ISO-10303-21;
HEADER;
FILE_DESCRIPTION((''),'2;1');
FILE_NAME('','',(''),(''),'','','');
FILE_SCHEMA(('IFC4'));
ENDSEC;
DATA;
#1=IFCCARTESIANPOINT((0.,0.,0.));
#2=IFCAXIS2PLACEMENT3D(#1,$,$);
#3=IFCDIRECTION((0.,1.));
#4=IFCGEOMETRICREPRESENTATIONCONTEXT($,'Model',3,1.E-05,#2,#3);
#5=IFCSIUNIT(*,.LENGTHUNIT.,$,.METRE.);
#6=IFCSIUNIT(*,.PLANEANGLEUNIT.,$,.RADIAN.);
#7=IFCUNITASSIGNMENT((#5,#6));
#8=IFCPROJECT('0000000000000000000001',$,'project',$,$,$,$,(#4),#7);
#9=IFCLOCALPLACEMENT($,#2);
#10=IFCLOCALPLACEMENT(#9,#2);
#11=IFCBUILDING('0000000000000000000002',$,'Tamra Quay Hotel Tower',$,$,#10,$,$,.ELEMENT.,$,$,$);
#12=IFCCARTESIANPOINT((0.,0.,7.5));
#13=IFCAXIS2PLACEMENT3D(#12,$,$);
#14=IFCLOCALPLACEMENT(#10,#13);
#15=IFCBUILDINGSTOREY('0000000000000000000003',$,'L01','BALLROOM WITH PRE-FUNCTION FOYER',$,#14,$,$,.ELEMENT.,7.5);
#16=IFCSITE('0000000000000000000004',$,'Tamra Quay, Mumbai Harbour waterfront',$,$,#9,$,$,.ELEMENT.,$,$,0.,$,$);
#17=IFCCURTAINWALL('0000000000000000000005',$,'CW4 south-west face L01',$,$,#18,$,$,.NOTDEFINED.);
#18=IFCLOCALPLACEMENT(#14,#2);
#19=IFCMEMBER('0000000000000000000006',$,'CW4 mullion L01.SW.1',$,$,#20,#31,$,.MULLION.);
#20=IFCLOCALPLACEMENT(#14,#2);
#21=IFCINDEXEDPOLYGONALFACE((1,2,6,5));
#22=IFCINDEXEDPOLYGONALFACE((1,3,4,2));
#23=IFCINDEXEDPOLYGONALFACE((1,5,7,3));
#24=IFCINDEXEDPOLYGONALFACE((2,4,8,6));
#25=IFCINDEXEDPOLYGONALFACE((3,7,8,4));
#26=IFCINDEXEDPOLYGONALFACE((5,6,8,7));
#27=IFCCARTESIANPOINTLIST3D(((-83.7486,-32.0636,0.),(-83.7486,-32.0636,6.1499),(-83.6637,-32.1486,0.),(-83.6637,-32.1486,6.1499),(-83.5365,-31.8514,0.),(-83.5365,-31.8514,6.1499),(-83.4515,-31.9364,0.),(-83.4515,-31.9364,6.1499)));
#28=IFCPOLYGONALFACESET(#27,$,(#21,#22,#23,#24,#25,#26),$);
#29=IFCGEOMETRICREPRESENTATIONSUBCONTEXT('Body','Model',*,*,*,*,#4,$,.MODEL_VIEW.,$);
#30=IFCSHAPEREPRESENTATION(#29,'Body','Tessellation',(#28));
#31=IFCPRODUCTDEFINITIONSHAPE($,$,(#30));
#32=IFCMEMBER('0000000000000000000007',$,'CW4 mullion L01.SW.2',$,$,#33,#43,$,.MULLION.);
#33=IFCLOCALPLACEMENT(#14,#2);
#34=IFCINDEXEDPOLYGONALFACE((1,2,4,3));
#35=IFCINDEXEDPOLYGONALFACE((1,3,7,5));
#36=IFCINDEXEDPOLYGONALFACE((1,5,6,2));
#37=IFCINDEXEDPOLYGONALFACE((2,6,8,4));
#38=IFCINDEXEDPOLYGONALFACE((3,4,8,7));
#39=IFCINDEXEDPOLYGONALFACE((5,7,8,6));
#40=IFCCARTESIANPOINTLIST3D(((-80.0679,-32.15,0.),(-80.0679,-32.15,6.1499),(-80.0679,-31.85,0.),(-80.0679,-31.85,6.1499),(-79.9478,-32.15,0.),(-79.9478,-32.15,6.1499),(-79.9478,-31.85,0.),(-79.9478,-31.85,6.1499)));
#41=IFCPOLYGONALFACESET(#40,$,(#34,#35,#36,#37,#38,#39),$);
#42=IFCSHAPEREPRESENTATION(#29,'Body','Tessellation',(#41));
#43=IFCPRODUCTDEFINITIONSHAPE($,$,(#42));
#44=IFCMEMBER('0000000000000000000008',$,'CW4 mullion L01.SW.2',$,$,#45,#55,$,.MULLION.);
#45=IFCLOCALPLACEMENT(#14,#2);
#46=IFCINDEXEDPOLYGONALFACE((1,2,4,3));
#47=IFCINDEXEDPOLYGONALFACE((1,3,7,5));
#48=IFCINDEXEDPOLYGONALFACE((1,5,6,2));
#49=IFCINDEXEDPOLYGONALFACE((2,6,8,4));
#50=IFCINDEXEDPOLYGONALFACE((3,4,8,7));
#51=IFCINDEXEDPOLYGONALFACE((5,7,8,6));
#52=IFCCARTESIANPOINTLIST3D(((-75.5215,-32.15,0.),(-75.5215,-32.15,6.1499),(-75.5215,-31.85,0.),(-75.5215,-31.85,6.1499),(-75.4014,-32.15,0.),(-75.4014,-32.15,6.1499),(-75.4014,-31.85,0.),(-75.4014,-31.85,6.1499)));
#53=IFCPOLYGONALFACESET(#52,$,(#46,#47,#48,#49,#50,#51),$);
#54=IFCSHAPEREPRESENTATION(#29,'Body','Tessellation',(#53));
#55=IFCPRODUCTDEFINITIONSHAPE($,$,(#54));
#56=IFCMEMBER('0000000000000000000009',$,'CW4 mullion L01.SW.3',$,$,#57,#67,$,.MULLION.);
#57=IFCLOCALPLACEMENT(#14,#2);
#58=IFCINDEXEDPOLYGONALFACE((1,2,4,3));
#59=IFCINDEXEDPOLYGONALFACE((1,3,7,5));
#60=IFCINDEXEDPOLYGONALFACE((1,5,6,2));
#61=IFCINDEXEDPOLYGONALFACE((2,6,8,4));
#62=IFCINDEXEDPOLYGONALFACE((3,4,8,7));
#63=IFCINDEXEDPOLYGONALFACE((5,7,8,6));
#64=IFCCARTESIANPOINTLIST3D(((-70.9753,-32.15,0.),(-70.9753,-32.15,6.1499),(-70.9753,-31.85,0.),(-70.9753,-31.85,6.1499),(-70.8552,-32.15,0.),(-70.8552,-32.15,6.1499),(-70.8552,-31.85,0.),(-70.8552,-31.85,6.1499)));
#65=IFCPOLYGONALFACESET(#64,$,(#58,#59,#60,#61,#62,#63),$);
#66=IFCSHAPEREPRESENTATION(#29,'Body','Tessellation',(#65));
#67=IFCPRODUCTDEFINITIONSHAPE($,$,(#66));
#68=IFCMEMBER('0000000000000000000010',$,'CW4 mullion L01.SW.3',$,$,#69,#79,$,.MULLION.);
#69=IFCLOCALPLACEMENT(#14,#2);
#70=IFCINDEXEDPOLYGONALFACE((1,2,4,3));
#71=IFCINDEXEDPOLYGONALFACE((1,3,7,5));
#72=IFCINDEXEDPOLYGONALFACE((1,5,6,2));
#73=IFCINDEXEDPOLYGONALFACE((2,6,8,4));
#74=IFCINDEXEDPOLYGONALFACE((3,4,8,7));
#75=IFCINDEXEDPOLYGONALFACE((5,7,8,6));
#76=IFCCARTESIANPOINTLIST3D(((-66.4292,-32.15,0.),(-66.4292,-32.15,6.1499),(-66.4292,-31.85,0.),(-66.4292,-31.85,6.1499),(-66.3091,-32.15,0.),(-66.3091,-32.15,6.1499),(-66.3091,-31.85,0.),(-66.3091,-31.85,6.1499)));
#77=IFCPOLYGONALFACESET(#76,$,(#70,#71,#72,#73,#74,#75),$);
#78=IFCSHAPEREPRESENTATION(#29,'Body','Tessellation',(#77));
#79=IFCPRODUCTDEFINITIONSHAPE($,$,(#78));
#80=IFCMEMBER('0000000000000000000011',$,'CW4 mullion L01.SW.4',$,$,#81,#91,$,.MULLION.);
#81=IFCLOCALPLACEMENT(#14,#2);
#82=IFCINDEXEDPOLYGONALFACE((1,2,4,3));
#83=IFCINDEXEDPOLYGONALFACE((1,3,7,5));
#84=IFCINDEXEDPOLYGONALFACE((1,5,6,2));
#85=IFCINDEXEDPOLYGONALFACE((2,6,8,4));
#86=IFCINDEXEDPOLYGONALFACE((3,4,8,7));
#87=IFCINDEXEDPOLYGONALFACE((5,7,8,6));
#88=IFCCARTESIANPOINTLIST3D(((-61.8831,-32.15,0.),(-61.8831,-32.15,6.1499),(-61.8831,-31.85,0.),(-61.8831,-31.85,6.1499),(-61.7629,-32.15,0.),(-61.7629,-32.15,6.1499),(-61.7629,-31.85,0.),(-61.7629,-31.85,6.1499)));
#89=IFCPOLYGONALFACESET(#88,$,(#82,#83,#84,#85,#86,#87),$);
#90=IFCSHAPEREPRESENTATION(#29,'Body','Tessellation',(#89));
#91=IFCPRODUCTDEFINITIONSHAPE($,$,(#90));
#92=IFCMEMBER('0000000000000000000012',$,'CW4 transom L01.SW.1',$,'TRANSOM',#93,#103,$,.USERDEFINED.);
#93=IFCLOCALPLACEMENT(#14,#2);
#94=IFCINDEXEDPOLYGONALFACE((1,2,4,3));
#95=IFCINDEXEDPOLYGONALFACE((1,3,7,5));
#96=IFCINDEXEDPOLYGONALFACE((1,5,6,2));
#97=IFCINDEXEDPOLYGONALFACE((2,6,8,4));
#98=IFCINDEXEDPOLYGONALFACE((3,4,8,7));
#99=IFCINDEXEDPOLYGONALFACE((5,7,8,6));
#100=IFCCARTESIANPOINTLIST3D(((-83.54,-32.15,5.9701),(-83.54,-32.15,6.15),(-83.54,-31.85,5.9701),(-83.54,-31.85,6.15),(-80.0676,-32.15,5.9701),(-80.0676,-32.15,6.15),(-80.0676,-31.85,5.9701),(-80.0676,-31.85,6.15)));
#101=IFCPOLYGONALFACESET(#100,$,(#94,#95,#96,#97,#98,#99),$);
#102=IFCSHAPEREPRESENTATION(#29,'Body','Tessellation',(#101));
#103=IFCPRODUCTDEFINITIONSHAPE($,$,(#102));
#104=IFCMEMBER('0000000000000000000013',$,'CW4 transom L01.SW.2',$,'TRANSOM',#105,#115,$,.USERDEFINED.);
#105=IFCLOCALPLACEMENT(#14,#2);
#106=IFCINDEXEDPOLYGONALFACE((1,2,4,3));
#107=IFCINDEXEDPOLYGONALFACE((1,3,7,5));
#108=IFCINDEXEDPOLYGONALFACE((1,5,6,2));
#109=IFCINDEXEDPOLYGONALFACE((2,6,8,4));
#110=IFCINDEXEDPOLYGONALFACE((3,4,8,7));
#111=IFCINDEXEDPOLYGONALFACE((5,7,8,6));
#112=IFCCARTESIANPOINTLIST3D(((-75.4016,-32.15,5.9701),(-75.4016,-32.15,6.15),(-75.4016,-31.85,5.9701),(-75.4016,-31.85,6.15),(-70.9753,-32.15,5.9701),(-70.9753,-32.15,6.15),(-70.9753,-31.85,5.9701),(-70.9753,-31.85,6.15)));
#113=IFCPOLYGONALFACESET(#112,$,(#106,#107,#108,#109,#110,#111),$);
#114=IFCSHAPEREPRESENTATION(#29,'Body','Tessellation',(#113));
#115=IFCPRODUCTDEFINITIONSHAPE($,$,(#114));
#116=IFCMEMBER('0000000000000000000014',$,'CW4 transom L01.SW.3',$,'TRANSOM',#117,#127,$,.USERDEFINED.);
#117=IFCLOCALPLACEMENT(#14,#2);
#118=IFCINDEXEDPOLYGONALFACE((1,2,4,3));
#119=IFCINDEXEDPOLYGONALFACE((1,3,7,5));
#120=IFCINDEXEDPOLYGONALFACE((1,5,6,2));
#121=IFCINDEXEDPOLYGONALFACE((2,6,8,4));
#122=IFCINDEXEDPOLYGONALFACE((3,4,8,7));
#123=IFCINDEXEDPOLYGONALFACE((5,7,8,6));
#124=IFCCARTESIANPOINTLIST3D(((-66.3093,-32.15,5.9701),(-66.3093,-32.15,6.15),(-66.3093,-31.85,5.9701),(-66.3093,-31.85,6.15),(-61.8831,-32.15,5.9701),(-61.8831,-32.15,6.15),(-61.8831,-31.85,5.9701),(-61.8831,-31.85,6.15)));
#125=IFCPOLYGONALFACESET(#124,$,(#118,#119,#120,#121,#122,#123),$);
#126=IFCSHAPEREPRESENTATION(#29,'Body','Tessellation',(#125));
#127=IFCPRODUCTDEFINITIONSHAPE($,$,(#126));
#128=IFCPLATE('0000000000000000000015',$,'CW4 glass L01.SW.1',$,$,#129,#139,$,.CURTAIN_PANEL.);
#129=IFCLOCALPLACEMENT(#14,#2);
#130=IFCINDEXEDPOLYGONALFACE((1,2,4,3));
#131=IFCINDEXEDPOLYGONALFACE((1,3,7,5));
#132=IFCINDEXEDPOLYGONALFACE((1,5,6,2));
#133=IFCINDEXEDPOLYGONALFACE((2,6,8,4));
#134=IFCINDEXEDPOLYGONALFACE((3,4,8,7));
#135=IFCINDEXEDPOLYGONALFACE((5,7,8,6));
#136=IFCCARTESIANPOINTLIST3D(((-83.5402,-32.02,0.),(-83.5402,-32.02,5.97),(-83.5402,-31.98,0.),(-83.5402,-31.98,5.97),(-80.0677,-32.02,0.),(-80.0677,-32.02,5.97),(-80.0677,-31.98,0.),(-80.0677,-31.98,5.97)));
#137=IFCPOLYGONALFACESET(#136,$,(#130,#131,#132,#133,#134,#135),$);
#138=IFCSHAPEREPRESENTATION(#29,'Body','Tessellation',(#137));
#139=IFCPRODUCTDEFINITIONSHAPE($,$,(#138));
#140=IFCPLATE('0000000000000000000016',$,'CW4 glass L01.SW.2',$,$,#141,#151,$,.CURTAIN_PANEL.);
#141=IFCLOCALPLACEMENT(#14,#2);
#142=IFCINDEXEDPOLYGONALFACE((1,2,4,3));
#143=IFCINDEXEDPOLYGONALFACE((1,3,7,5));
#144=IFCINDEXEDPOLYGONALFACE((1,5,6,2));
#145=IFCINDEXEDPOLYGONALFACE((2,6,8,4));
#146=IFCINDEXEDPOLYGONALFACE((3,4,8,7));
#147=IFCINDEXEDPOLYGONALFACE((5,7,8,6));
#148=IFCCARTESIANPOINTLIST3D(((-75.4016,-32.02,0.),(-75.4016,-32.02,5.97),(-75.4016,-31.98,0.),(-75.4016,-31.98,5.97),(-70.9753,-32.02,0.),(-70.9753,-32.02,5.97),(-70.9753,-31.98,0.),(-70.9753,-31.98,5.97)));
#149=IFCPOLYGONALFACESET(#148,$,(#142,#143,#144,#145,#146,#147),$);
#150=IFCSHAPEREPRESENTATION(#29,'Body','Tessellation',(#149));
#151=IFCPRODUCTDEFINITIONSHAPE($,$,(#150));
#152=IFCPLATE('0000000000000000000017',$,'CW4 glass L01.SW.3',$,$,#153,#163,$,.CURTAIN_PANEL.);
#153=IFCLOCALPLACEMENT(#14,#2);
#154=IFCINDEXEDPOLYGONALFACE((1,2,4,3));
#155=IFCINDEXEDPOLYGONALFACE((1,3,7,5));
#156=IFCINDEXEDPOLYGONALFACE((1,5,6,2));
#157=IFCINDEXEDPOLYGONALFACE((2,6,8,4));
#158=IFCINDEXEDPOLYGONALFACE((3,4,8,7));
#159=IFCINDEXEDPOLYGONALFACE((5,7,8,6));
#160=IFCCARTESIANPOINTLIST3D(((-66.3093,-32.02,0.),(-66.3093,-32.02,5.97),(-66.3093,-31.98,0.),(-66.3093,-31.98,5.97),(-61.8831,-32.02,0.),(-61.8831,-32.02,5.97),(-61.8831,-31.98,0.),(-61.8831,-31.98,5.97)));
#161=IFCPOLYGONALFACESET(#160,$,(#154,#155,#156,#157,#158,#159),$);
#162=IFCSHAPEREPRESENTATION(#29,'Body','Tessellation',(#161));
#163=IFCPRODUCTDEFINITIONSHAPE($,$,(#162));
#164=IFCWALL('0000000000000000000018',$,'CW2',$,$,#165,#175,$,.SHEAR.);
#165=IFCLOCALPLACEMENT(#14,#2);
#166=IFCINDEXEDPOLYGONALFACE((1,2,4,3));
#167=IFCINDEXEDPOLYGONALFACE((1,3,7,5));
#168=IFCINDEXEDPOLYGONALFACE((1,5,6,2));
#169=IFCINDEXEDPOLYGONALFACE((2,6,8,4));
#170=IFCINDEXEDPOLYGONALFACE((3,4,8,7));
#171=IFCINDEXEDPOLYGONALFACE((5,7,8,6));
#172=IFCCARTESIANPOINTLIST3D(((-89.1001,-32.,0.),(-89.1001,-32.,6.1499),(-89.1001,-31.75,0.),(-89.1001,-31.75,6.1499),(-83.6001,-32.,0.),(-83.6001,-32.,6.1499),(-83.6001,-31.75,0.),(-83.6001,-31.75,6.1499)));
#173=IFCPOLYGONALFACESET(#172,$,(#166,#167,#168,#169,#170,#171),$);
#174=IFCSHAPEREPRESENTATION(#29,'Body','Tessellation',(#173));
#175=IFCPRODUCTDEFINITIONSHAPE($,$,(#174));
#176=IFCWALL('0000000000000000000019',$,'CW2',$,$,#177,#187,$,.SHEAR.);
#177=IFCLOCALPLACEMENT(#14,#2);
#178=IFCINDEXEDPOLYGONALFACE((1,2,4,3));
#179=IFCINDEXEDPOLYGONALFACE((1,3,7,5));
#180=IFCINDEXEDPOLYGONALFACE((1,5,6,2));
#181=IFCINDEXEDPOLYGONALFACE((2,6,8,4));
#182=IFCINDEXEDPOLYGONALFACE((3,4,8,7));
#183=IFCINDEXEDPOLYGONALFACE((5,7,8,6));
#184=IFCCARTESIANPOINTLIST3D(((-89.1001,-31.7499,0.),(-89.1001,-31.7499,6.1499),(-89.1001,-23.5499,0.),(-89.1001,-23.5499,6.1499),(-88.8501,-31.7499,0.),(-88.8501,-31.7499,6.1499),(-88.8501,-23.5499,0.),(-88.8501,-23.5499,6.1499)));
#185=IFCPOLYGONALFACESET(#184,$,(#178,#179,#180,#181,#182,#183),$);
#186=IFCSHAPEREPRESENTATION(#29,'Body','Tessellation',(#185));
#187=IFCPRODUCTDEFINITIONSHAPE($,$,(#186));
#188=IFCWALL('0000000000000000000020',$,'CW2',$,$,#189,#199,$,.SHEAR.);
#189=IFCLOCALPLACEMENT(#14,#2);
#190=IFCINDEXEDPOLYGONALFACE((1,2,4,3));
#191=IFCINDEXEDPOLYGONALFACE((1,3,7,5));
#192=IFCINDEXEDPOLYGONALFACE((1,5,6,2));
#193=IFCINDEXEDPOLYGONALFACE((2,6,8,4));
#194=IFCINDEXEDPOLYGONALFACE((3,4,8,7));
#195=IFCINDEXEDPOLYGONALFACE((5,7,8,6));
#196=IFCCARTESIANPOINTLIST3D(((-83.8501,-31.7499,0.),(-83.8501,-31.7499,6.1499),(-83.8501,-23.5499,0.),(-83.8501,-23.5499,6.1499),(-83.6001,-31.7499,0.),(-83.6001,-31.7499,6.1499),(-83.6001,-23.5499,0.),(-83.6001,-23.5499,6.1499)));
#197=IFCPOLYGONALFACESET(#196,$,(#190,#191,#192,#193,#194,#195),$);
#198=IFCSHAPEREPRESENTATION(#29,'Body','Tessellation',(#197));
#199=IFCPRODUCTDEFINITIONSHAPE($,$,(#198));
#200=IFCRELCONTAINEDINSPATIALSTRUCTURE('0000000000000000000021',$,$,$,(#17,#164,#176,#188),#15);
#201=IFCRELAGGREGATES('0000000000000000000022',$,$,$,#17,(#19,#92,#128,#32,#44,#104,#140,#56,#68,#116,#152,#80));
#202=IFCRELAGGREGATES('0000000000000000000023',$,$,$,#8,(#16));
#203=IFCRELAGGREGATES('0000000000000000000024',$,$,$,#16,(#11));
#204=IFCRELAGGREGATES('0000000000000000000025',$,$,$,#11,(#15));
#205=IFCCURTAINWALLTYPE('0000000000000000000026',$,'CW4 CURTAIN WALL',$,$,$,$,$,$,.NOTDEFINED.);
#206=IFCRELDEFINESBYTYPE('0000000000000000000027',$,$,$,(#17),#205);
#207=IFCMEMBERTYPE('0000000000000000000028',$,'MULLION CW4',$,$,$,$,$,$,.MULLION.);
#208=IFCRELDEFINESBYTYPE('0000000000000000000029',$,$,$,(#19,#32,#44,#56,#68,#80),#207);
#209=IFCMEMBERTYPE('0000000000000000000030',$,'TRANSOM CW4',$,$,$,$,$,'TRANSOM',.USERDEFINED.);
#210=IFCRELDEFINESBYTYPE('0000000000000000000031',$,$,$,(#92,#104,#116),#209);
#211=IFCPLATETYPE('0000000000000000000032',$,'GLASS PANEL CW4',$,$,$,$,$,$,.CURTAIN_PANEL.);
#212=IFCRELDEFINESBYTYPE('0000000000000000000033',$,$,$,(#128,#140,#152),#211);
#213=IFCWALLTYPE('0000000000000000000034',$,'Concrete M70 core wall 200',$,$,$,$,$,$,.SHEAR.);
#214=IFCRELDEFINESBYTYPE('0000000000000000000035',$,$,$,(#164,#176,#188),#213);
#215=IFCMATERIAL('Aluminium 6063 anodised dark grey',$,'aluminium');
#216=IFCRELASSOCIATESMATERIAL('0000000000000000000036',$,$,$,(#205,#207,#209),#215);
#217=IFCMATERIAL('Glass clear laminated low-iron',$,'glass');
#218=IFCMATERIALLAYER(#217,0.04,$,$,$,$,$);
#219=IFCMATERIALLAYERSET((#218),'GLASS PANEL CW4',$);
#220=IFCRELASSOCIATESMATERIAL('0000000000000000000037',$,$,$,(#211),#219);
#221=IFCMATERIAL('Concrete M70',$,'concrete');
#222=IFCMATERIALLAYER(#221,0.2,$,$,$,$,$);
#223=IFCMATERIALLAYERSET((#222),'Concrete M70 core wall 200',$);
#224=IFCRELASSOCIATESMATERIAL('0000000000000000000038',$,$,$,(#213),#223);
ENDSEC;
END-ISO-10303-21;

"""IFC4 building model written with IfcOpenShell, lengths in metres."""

from ifc_helpers import new_model, si_unit, direction, frame, frame_2d, origin, origin_2d, place, context, subcontext, project, spatial, rectangle, extrude, material, layer, layer_set, material_profile, profile_set, type_object, element, aggregate, save


model = new_model("IFC4")

# Units and contexts
model_context = context("Model", 3, precision=1e-05, world=origin(), true_north=direction((0.0, 1.0)))
body_context = subcontext(model_context, "Body", "Model", "MODEL_VIEW")
ifc_project = project(units=[si_unit("LENGTHUNIT", "METRE"), si_unit("PLANEANGLEUNIT", "RADIAN")], contexts=[model_context])

# Site, building, storey
site_placement = place(None, origin())
site = spatial("IfcSite", under=ifc_project, at=site_placement, Name="Tamra Quay, Mumbai Harbour waterfront", CompositionType="ELEMENT", RefElevation=0.0)
building_placement = place(site_placement, origin())
building = spatial("IfcBuilding", under=site, at=building_placement, Name="Tamra Quay Hotel Tower", CompositionType="ELEMENT")
storey_placement = place(building_placement, frame((0.0, 0.0, 7.5)))
storey = spatial("IfcBuildingStorey", under=building, at=storey_placement, Name="L01", Description="BALLROOM WITH PRE-FUNCTION FOYER", CompositionType="ELEMENT", Elevation=7.5)

# Curtain wall, members, plates
ifc_material_1 = material(Name="Aluminium 6063 anodised dark grey", Category="aluminium")
curtain_wall_type = type_object("IfcCurtainWallType", Name="CW4 CURTAIN WALL", PredefinedType="NOTDEFINED", material=ifc_material_1)
curtain_wall_placement = place(storey_placement, origin())
curtain_wall = element("IfcCurtainWall", 1, at=curtain_wall_placement, inside=storey, type_object=curtain_wall_type, Name="CW4 south-west face L01", PredefinedType="NOTDEFINED")
ifc_material_profile_1 = material_profile(ifc_material_1, rectangle(XDim=0.3, YDim=0.1201, at=origin_2d()), Name="MULLION 120X300")
ifc_profile_set_1 = profile_set([ifc_material_profile_1], Name="Aluminium 6063 anodised dark grey")
member_type_1 = type_object("IfcMemberType", Name="MULLION CW4", PredefinedType="MULLION", material=ifc_profile_set_1)
member_1_placement = place(storey_placement, frame((-83.6001, -32.0, 0.0), z_axis=(0.0, 0.0, 1.0), x_axis=(-0.707107, -0.707107, 0.0)))
member_1 = element("IfcMember", 2, at=member_1_placement, type_object=member_type_1, Name="CW4 mullion L01.SW.1", PredefinedType="MULLION", context=body_context, shape_type="SweptSolid", body=[
    extrude(rectangle(XDim=0.3, YDim=0.1201, at=origin_2d()), origin(), (0.0, 0.0, 1.0), 6.1499),
])
member_2_placement = place(storey_placement, frame((-80.0078, -32.0, 0.0), z_axis=(0.0, 0.0, 1.0), x_axis=(0.0, -1.0, 0.0)))
member_2 = element("IfcMember", 3, at=member_2_placement, type_object=member_type_1, Name="CW4 mullion L01.SW.2", PredefinedType="MULLION", context=body_context, shape_type="SweptSolid", body=[
    extrude(rectangle(XDim=0.3, YDim=0.1201, at=origin_2d()), origin(), (0.0, 0.0, 1.0), 6.1499),
])
member_3_placement = place(storey_placement, frame((-75.4614, -32.0, 0.0), z_axis=(0.0, 0.0, 1.0), x_axis=(0.0, -1.0, 0.0)))
member_3 = element("IfcMember", 4, at=member_3_placement, type_object=member_type_1, Name="CW4 mullion L01.SW.2", PredefinedType="MULLION", context=body_context, shape_type="SweptSolid", body=[
    extrude(rectangle(XDim=0.3, YDim=0.1201, at=origin_2d()), origin(), (0.0, 0.0, 1.0), 6.1499),
])
member_4_placement = place(storey_placement, frame((-70.9153, -32.0, 0.0), z_axis=(0.0, 0.0, 1.0), x_axis=(0.0, -1.0, 0.0)))
member_4 = element("IfcMember", 5, at=member_4_placement, type_object=member_type_1, Name="CW4 mullion L01.SW.3", PredefinedType="MULLION", context=body_context, shape_type="SweptSolid", body=[
    extrude(rectangle(XDim=0.3, YDim=0.1201, at=origin_2d()), origin(), (0.0, 0.0, 1.0), 6.1499),
])
member_5_placement = place(storey_placement, frame((-66.3691, -32.0, 0.0), z_axis=(0.0, 0.0, 1.0), x_axis=(0.0, -1.0, 0.0)))
member_5 = element("IfcMember", 6, at=member_5_placement, type_object=member_type_1, Name="CW4 mullion L01.SW.3", PredefinedType="MULLION", context=body_context, shape_type="SweptSolid", body=[
    extrude(rectangle(XDim=0.3, YDim=0.1201, at=origin_2d()), origin(), (0.0, 0.0, 1.0), 6.1499),
])
member_6_placement = place(storey_placement, frame((-61.823, -32.0, 0.0), z_axis=(0.0, 0.0, 1.0), x_axis=(0.0, -1.0, 0.0)))
member_6 = element("IfcMember", 7, at=member_6_placement, type_object=member_type_1, Name="CW4 mullion L01.SW.4", PredefinedType="MULLION", context=body_context, shape_type="SweptSolid", body=[
    extrude(rectangle(XDim=0.3, YDim=0.1201, at=origin_2d()), origin(), (0.0, 0.0, 1.0), 6.1499),
])
ifc_material_profile_2 = material_profile(ifc_material_1, rectangle(XDim=0.3, YDim=0.1799, at=origin_2d()), Name="TRANSOM 300X180")
ifc_profile_set_2 = profile_set([ifc_material_profile_2], Name="Aluminium 6063 anodised dark grey")
member_type_2 = type_object("IfcMemberType", Name="TRANSOM CW4", ElementType="TRANSOM", PredefinedType="USERDEFINED", material=ifc_profile_set_2)
member_7_placement = place(storey_placement, frame((-83.54, -32.0, 6.0601), z_axis=(1.0, 0.0, 0.0), x_axis=(0.0, 1.0, 0.0)))
member_7 = element("IfcMember", 8, at=member_7_placement, type_object=member_type_2, Name="CW4 transom L01.SW.1", ObjectType="TRANSOM", PredefinedType="USERDEFINED", context=body_context, shape_type="SweptSolid", body=[
    extrude(rectangle(XDim=0.3, YDim=0.1799, at=origin_2d()), origin(), (0.0, 0.0, 1.0), 3.4724),
])
member_8_placement = place(storey_placement, frame((-75.4016, -32.0, 6.0601), z_axis=(1.0, 0.0, 0.0), x_axis=(0.0, 1.0, 0.0)))
member_8 = element("IfcMember", 9, at=member_8_placement, type_object=member_type_2, Name="CW4 transom L01.SW.2", ObjectType="TRANSOM", PredefinedType="USERDEFINED", context=body_context, shape_type="SweptSolid", body=[
    extrude(rectangle(XDim=0.3, YDim=0.1799, at=origin_2d()), origin(), (0.0, 0.0, 1.0), 4.4263),
])
member_9_placement = place(storey_placement, frame((-66.3093, -32.0, 6.0601), z_axis=(1.0, 0.0, 0.0), x_axis=(0.0, 1.0, 0.0)))
member_9 = element("IfcMember", 10, at=member_9_placement, type_object=member_type_2, Name="CW4 transom L01.SW.3", ObjectType="TRANSOM", PredefinedType="USERDEFINED", context=body_context, shape_type="SweptSolid", body=[
    extrude(rectangle(XDim=0.3, YDim=0.1799, at=origin_2d()), origin(), (0.0, 0.0, 1.0), 4.4263),
])
ifc_material_2 = material(Name="Glass clear laminated low-iron", Category="glass")
ifc_layer_1 = layer(ifc_material_2, 0.04)
ifc_layer_set_1 = layer_set([ifc_layer_1], Name="GLASS PANEL CW4")
plate_type = type_object("IfcPlateType", Name="GLASS PANEL CW4", PredefinedType="CURTAIN_PANEL", material=ifc_layer_set_1)
plate_1_placement = place(storey_placement, frame((-81.804, -32.0, 0.0), z_axis=(0.0, 0.0, 1.0), x_axis=(1.0, 0.0, 0.0)))
plate_1 = element("IfcPlate", 11, at=plate_1_placement, type_object=plate_type, Name="CW4 glass L01.SW.1", PredefinedType="CURTAIN_PANEL", context=body_context, shape_type="SweptSolid", body=[
    extrude(rectangle(XDim=3.4724, YDim=0.04, at=origin_2d()), origin(), (0.0, 0.0, 1.0), 5.97),
])
plate_2_placement = place(storey_placement, frame((-73.1885, -32.0, 0.0), z_axis=(0.0, 0.0, 1.0), x_axis=(1.0, 0.0, 0.0)))
plate_2 = element("IfcPlate", 12, at=plate_2_placement, type_object=plate_type, Name="CW4 glass L01.SW.2", PredefinedType="CURTAIN_PANEL", context=body_context, shape_type="SweptSolid", body=[
    extrude(rectangle(XDim=4.4263, YDim=0.04, at=origin_2d()), origin(), (0.0, 0.0, 1.0), 5.97),
])
plate_3_placement = place(storey_placement, frame((-64.0962, -32.0, 0.0), z_axis=(0.0, 0.0, 1.0), x_axis=(1.0, 0.0, 0.0)))
plate_3 = element("IfcPlate", 13, at=plate_3_placement, type_object=plate_type, Name="CW4 glass L01.SW.3", PredefinedType="CURTAIN_PANEL", context=body_context, shape_type="SweptSolid", body=[
    extrude(rectangle(XDim=4.4263, YDim=0.04, at=origin_2d()), origin(), (0.0, 0.0, 1.0), 5.97),
])
aggregate(curtain_wall, [member_1, member_7, plate_1, member_2, member_3, member_8, plate_2, member_4, member_5, member_9, plate_3, member_6])

# Walls
ifc_material_3 = material(Name="Concrete M70", Category="concrete")
ifc_layer_2 = layer(ifc_material_3, 0.2)
ifc_layer_set_2 = layer_set([ifc_layer_2], Name="Concrete M70 core wall 200")
wall_type_1 = type_object("IfcWallType", Name="Concrete M70 core wall 200", PredefinedType="SHEAR", material=ifc_layer_set_2)
wall_1_placement = place(storey_placement, frame((-89.1001, -31.875, 0.0), z_axis=(0.0, 0.0, 1.0), x_axis=(1.0, 0.0, 0.0)))
element("IfcWall", 14, at=wall_1_placement, inside=storey, type_object=wall_type_1, Name="CW2", PredefinedType="SHEAR", context=body_context, shape_type="SweptSolid", body=[
    extrude(rectangle(XDim=5.5, YDim=0.25, at=frame_2d((2.75, 0.0))), origin(), (0.0, 0.0, 1.0), 6.1499),
])
for number, where, z_axis, x_axis, name in (
    (15, (-88.9751, -31.75, 0.0), (0.0, 0.0, 1.0), (0.0, 1.0, 0.0), "CW2"),
    (16, (-83.7251, -31.75, 0.0), (0.0, 0.0, 1.0), (0.0, 1.0, 0.0), "CW2"),
):
    element("IfcWall", number, at=place(storey_placement, frame(where, z_axis=z_axis, x_axis=x_axis)), inside=storey, type_object=wall_type_1, Name=name, PredefinedType="SHEAR", context=body_context, shape_type="SweptSolid", body=[
        extrude(rectangle(XDim=8.2, YDim=0.25, at=frame_2d((4.1001, 0.0))), origin(), (0.0, 0.0, 1.0), 6.1499),
    ])

save(model, "model.ifc")
